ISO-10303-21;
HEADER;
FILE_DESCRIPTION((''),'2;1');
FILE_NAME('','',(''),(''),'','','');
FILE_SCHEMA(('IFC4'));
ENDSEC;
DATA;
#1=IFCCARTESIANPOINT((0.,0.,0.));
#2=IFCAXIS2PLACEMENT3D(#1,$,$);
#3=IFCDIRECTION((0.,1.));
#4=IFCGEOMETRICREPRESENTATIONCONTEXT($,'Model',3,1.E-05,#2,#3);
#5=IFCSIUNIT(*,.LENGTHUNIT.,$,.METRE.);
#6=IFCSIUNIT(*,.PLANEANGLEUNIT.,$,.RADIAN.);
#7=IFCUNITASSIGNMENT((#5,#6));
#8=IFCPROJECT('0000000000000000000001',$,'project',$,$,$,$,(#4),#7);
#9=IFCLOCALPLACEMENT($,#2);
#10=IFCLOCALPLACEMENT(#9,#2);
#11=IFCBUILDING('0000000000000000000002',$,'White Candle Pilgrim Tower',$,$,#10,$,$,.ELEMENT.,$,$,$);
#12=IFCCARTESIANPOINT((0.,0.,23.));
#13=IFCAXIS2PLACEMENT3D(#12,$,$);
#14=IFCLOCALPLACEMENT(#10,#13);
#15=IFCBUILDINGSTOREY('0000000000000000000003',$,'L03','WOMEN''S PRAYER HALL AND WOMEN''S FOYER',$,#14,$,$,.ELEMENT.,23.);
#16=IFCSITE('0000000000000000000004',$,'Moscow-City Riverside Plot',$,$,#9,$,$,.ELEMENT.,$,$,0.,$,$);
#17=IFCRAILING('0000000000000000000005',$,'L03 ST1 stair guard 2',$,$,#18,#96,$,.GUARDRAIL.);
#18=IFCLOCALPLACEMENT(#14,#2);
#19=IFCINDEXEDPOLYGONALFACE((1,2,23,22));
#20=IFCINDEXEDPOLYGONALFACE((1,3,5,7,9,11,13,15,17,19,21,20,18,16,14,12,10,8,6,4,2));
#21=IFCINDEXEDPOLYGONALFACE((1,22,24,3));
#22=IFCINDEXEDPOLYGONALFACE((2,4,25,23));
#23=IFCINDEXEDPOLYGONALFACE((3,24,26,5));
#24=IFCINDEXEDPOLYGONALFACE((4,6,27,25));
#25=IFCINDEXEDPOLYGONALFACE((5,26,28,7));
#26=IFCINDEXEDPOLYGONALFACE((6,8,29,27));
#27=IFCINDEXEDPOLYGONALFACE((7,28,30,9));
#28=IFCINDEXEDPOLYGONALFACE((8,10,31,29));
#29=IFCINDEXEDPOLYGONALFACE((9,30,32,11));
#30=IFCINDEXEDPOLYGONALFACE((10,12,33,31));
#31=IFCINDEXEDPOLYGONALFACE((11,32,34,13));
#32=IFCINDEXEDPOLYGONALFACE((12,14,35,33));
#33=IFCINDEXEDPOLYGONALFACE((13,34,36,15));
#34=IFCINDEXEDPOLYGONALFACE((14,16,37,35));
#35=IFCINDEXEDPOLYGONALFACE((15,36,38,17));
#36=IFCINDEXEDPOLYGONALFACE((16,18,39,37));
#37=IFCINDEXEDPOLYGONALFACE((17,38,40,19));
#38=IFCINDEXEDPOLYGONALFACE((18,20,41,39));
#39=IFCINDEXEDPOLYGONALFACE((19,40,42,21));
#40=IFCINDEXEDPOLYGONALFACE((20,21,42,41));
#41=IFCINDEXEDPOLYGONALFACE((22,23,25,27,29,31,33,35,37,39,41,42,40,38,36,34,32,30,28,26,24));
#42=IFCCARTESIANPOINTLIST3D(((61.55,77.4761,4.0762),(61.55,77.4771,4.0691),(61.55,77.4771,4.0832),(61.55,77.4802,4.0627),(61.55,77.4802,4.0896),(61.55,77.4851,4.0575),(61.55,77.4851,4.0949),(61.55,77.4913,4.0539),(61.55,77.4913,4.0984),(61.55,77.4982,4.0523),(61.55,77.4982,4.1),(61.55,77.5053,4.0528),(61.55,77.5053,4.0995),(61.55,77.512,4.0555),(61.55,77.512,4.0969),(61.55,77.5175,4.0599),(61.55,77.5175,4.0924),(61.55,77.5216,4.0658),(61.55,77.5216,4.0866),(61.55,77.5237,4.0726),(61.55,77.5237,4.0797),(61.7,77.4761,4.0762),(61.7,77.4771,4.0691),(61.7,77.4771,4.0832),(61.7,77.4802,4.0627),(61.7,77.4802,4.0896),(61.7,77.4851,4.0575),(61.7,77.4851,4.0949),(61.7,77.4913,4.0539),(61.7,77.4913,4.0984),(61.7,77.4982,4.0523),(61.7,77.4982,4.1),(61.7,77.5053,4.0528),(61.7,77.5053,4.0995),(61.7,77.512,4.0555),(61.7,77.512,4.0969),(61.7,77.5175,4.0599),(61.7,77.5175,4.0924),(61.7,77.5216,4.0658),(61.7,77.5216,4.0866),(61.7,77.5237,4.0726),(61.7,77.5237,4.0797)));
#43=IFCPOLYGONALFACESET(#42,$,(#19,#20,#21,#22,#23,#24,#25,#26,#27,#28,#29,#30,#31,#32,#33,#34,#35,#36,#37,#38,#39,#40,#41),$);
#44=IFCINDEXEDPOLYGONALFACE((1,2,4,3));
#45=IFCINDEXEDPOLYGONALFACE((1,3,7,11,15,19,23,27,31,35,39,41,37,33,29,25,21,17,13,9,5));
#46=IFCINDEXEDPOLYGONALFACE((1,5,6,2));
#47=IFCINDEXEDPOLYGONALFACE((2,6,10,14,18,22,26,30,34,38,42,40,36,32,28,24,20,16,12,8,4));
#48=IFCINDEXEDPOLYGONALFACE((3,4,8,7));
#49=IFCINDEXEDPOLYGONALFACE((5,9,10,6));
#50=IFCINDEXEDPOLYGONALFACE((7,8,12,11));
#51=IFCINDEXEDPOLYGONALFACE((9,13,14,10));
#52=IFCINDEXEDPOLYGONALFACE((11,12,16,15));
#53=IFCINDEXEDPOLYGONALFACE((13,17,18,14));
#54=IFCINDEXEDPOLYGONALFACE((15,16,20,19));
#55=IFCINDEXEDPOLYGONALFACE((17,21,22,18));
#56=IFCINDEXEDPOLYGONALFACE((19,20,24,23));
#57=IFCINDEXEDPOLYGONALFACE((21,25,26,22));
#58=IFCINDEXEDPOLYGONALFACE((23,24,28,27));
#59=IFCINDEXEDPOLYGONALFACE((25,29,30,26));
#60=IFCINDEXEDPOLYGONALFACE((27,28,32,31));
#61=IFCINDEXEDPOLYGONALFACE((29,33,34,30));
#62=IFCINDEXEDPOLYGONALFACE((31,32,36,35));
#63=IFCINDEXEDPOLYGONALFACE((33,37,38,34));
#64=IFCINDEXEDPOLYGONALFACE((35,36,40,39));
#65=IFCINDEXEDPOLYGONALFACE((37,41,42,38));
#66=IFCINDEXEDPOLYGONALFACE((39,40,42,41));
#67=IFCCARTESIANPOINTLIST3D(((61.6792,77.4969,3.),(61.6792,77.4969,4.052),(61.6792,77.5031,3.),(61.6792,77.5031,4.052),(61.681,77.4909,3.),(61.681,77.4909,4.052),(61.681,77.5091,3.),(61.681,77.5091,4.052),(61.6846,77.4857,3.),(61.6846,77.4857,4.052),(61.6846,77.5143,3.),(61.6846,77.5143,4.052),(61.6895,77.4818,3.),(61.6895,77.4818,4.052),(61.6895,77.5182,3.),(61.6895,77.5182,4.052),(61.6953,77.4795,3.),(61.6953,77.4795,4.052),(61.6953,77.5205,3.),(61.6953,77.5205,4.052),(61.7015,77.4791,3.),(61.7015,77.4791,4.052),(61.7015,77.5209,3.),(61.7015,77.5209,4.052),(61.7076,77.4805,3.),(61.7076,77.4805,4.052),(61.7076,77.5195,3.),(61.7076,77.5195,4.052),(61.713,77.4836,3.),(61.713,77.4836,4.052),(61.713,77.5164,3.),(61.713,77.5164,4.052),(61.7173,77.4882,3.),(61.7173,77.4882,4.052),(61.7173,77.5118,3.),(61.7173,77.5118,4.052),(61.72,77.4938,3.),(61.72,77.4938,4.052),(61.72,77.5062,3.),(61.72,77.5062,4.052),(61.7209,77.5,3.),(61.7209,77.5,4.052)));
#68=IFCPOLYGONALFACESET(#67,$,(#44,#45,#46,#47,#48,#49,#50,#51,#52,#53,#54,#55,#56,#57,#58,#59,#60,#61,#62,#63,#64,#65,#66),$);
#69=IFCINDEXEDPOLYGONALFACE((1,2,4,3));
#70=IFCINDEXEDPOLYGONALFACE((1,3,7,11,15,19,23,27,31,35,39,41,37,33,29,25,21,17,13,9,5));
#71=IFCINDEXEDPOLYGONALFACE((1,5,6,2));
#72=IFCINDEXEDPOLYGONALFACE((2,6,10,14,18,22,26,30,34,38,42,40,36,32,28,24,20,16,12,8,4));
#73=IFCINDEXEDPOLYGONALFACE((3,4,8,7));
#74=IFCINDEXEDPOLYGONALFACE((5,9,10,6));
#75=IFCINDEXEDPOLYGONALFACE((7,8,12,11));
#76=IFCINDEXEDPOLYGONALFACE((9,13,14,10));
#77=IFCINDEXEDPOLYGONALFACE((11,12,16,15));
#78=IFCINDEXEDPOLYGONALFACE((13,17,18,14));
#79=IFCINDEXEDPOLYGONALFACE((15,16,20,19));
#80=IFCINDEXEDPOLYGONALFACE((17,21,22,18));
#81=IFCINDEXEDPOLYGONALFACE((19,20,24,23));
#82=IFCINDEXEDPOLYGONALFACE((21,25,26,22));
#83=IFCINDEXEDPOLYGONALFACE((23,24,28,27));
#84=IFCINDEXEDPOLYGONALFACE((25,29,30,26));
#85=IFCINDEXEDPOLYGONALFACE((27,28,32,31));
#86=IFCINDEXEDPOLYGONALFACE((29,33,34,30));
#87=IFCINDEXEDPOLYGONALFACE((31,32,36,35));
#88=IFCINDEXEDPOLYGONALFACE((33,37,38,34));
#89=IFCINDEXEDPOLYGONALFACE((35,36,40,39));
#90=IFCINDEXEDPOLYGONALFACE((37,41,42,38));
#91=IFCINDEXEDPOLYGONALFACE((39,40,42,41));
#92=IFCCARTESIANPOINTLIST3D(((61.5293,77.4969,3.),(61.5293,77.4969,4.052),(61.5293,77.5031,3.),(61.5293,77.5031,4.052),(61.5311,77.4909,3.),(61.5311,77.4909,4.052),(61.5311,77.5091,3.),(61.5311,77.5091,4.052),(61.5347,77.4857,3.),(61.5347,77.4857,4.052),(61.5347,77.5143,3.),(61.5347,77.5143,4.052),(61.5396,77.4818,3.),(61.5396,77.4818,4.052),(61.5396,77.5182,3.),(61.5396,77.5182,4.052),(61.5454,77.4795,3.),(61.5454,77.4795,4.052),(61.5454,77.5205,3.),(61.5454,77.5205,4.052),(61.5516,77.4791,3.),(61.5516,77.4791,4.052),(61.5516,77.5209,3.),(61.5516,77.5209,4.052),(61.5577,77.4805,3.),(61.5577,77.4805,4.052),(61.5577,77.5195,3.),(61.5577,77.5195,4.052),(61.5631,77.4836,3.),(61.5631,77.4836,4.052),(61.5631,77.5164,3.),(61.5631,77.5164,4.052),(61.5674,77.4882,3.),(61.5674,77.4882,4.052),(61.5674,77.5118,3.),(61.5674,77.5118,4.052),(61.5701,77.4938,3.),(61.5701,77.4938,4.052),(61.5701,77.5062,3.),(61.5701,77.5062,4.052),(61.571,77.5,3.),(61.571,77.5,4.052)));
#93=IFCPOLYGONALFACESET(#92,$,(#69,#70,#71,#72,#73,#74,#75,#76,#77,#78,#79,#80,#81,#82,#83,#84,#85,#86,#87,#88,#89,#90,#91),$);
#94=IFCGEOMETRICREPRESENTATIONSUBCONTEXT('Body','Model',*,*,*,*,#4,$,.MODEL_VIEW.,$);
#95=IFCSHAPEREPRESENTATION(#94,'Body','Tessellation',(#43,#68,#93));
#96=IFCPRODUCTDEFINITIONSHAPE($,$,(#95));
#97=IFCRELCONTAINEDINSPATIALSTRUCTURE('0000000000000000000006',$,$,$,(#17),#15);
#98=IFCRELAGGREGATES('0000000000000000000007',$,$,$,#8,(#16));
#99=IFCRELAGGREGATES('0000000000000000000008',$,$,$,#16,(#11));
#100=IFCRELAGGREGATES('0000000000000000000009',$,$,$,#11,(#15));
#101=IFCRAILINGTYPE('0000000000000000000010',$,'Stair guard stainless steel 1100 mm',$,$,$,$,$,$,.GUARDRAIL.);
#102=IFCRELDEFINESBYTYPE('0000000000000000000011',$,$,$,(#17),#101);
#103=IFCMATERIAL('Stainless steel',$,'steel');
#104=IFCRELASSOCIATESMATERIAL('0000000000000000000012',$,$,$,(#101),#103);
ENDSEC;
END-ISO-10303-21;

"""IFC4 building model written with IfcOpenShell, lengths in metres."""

from ifc_helpers import new_model, si_unit, direction, frame, origin, origin_2d, place, context, subcontext, project, spatial, circle, extrude, material, type_object, element, save


model = new_model("IFC4")

# Units and contexts
model_context = context("Model", 3, precision=1e-05, world=origin(), true_north=direction((0.0, 1.0)))
body_context = subcontext(model_context, "Body", "Model", "MODEL_VIEW")
ifc_project = project(units=[si_unit("LENGTHUNIT", "METRE"), si_unit("PLANEANGLEUNIT", "RADIAN")], contexts=[model_context])

# Site, building, storey
site_placement = place(None, origin())
site = spatial("IfcSite", under=ifc_project, at=site_placement, Name="Moscow-City Riverside Plot", CompositionType="ELEMENT", RefElevation=0.0)
building_placement = place(site_placement, origin())
building = spatial("IfcBuilding", under=site, at=building_placement, Name="White Candle Pilgrim Tower", CompositionType="ELEMENT")
storey_placement = place(building_placement, frame((0.0, 0.0, 23.0)))
storey = spatial("IfcBuildingStorey", under=building, at=storey_placement, Name="L03", Description="WOMEN'S PRAYER HALL AND WOMEN'S FOYER", CompositionType="ELEMENT", Elevation=23.0)

# Shared definitions
ifc_material_1 = material(Name="Stainless steel", Category="steel")

# Railing
railing_type_1 = type_object("IfcRailingType", Name="Stair guard stainless steel 1100 mm", PredefinedType="GUARDRAIL", material=ifc_material_1)
railing_1_placement = place(storey_placement, frame((61.7, 77.5, 3.0)))
element("IfcRailing", 1, at=railing_1_placement, inside=storey, type_object=railing_type_1, Name="L03 ST1 stair guard 2", PredefinedType="GUARDRAIL", context=body_context, shape_type="SweptSolid", body=[
    extrude(circle(Radius=0.0239, at=origin_2d()), frame((0.0, 0.0, 1.0762), z_axis=(-1.0, 0.0, 0.0), x_axis=(0.0, -1.0, 0.0)), (0.0, 0.0, 1.0), 0.1499),
    extrude(circle(Radius=0.021, at=origin_2d()), origin(), (0.0, 0.0, 1.0), 1.052),
    extrude(circle(Radius=0.021, at=origin_2d()), frame((-0.1499, 0.0, 0.0)), (0.0, 0.0, 1.0), 1.052),
])

save(model, "model.ifc")
